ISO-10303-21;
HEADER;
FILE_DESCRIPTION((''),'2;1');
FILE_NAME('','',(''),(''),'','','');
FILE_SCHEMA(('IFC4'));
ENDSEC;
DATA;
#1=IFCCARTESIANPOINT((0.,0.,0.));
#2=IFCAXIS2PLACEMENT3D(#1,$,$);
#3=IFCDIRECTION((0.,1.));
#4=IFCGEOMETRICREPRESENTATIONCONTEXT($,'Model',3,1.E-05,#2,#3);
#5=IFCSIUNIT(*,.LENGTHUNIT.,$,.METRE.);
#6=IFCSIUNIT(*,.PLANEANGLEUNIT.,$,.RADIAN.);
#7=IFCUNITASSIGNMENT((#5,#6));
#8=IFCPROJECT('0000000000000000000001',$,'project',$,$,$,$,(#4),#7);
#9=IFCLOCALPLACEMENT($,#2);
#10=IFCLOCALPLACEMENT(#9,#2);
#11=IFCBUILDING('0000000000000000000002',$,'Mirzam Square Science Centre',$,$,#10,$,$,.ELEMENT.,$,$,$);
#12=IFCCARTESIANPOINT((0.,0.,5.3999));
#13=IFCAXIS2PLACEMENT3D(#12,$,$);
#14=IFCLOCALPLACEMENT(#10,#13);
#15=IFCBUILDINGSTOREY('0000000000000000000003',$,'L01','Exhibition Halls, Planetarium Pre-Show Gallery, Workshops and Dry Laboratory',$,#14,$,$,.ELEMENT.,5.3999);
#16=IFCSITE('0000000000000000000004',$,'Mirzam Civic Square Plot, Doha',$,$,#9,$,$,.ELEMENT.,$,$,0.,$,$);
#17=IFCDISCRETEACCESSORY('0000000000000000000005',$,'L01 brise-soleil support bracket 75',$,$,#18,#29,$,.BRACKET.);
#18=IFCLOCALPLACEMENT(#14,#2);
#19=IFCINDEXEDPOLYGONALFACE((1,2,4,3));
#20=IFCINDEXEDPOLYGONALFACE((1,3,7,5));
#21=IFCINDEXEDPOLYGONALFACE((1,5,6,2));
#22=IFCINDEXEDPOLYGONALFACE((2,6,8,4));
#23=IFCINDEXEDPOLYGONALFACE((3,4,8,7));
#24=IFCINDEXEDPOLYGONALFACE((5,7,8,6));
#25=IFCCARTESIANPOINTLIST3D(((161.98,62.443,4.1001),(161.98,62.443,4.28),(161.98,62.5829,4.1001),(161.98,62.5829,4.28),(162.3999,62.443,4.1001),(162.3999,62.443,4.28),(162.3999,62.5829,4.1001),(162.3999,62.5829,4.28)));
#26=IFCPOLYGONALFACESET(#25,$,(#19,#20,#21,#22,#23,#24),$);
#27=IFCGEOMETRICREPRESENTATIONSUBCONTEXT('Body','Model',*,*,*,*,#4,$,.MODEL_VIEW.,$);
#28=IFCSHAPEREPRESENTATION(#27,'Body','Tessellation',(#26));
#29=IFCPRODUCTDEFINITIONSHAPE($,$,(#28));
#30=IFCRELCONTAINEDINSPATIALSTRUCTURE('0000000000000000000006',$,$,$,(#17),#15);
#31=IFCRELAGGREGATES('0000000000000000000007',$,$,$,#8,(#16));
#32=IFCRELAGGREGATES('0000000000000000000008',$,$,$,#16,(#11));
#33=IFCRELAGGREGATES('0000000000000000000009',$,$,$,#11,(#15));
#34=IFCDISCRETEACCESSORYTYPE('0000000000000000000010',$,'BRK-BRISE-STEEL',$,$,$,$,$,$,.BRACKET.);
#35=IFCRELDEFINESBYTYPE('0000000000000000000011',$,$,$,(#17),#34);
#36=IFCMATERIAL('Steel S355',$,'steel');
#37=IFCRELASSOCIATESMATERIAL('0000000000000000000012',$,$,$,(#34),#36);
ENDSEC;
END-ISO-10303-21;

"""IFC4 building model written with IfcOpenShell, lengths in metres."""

from ifc_helpers import new_model, si_unit, direction, frame, origin, origin_2d, place, context, subcontext, project, spatial, rectangle, extrude, material, type_object, element, save


model = new_model("IFC4")

# Units and contexts
model_context = context("Model", 3, precision=1e-05, world=origin(), true_north=direction((0.0, 1.0)))
body_context = subcontext(model_context, "Body", "Model", "MODEL_VIEW")
ifc_project = project(units=[si_unit("LENGTHUNIT", "METRE"), si_unit("PLANEANGLEUNIT", "RADIAN")], contexts=[model_context])

# Site, building, storey
site_placement = place(None, origin())
site = spatial("IfcSite", under=ifc_project, at=site_placement, Name="Mirzam Civic Square Plot, Doha", CompositionType="ELEMENT", RefElevation=0.0)
building_placement = place(site_placement, origin())
building = spatial("IfcBuilding", under=site, at=building_placement, Name="Mirzam Square Science Centre", CompositionType="ELEMENT")
storey_placement = place(building_placement, frame((0.0, 0.0, 5.3999)))
storey = spatial("IfcBuildingStorey", under=building, at=storey_placement, Name="L01", Description="Exhibition Halls, Planetarium Pre-Show Gallery, Workshops and Dry Laboratory", CompositionType="ELEMENT", Elevation=5.3999)

# Shared definitions
ifc_material_1 = material(Name="Steel S355", Category="steel")

# Discrete accessory
discrete_accessory_type_1 = type_object("IfcDiscreteAccessoryType", Name="BRK-BRISE-STEEL", PredefinedType="BRACKET", material=ifc_material_1)
discrete_accessory_1_placement = place(storey_placement, frame((162.1899, 62.5129, 4.1001), z_axis=(0.0, 0.0, 1.0), x_axis=(0.0, 1.0, 0.0)))
element("IfcDiscreteAccessory", 1, at=discrete_accessory_1_placement, inside=storey, type_object=discrete_accessory_type_1, Name="L01 brise-soleil support bracket 75", PredefinedType="BRACKET", context=body_context, shape_type="SweptSolid", body=[
    extrude(rectangle(XDim=0.1399, YDim=0.4199, at=origin_2d()), origin(), (0.0, 0.0, 1.0), 0.1799),
])

save(model, "model.ifc")
